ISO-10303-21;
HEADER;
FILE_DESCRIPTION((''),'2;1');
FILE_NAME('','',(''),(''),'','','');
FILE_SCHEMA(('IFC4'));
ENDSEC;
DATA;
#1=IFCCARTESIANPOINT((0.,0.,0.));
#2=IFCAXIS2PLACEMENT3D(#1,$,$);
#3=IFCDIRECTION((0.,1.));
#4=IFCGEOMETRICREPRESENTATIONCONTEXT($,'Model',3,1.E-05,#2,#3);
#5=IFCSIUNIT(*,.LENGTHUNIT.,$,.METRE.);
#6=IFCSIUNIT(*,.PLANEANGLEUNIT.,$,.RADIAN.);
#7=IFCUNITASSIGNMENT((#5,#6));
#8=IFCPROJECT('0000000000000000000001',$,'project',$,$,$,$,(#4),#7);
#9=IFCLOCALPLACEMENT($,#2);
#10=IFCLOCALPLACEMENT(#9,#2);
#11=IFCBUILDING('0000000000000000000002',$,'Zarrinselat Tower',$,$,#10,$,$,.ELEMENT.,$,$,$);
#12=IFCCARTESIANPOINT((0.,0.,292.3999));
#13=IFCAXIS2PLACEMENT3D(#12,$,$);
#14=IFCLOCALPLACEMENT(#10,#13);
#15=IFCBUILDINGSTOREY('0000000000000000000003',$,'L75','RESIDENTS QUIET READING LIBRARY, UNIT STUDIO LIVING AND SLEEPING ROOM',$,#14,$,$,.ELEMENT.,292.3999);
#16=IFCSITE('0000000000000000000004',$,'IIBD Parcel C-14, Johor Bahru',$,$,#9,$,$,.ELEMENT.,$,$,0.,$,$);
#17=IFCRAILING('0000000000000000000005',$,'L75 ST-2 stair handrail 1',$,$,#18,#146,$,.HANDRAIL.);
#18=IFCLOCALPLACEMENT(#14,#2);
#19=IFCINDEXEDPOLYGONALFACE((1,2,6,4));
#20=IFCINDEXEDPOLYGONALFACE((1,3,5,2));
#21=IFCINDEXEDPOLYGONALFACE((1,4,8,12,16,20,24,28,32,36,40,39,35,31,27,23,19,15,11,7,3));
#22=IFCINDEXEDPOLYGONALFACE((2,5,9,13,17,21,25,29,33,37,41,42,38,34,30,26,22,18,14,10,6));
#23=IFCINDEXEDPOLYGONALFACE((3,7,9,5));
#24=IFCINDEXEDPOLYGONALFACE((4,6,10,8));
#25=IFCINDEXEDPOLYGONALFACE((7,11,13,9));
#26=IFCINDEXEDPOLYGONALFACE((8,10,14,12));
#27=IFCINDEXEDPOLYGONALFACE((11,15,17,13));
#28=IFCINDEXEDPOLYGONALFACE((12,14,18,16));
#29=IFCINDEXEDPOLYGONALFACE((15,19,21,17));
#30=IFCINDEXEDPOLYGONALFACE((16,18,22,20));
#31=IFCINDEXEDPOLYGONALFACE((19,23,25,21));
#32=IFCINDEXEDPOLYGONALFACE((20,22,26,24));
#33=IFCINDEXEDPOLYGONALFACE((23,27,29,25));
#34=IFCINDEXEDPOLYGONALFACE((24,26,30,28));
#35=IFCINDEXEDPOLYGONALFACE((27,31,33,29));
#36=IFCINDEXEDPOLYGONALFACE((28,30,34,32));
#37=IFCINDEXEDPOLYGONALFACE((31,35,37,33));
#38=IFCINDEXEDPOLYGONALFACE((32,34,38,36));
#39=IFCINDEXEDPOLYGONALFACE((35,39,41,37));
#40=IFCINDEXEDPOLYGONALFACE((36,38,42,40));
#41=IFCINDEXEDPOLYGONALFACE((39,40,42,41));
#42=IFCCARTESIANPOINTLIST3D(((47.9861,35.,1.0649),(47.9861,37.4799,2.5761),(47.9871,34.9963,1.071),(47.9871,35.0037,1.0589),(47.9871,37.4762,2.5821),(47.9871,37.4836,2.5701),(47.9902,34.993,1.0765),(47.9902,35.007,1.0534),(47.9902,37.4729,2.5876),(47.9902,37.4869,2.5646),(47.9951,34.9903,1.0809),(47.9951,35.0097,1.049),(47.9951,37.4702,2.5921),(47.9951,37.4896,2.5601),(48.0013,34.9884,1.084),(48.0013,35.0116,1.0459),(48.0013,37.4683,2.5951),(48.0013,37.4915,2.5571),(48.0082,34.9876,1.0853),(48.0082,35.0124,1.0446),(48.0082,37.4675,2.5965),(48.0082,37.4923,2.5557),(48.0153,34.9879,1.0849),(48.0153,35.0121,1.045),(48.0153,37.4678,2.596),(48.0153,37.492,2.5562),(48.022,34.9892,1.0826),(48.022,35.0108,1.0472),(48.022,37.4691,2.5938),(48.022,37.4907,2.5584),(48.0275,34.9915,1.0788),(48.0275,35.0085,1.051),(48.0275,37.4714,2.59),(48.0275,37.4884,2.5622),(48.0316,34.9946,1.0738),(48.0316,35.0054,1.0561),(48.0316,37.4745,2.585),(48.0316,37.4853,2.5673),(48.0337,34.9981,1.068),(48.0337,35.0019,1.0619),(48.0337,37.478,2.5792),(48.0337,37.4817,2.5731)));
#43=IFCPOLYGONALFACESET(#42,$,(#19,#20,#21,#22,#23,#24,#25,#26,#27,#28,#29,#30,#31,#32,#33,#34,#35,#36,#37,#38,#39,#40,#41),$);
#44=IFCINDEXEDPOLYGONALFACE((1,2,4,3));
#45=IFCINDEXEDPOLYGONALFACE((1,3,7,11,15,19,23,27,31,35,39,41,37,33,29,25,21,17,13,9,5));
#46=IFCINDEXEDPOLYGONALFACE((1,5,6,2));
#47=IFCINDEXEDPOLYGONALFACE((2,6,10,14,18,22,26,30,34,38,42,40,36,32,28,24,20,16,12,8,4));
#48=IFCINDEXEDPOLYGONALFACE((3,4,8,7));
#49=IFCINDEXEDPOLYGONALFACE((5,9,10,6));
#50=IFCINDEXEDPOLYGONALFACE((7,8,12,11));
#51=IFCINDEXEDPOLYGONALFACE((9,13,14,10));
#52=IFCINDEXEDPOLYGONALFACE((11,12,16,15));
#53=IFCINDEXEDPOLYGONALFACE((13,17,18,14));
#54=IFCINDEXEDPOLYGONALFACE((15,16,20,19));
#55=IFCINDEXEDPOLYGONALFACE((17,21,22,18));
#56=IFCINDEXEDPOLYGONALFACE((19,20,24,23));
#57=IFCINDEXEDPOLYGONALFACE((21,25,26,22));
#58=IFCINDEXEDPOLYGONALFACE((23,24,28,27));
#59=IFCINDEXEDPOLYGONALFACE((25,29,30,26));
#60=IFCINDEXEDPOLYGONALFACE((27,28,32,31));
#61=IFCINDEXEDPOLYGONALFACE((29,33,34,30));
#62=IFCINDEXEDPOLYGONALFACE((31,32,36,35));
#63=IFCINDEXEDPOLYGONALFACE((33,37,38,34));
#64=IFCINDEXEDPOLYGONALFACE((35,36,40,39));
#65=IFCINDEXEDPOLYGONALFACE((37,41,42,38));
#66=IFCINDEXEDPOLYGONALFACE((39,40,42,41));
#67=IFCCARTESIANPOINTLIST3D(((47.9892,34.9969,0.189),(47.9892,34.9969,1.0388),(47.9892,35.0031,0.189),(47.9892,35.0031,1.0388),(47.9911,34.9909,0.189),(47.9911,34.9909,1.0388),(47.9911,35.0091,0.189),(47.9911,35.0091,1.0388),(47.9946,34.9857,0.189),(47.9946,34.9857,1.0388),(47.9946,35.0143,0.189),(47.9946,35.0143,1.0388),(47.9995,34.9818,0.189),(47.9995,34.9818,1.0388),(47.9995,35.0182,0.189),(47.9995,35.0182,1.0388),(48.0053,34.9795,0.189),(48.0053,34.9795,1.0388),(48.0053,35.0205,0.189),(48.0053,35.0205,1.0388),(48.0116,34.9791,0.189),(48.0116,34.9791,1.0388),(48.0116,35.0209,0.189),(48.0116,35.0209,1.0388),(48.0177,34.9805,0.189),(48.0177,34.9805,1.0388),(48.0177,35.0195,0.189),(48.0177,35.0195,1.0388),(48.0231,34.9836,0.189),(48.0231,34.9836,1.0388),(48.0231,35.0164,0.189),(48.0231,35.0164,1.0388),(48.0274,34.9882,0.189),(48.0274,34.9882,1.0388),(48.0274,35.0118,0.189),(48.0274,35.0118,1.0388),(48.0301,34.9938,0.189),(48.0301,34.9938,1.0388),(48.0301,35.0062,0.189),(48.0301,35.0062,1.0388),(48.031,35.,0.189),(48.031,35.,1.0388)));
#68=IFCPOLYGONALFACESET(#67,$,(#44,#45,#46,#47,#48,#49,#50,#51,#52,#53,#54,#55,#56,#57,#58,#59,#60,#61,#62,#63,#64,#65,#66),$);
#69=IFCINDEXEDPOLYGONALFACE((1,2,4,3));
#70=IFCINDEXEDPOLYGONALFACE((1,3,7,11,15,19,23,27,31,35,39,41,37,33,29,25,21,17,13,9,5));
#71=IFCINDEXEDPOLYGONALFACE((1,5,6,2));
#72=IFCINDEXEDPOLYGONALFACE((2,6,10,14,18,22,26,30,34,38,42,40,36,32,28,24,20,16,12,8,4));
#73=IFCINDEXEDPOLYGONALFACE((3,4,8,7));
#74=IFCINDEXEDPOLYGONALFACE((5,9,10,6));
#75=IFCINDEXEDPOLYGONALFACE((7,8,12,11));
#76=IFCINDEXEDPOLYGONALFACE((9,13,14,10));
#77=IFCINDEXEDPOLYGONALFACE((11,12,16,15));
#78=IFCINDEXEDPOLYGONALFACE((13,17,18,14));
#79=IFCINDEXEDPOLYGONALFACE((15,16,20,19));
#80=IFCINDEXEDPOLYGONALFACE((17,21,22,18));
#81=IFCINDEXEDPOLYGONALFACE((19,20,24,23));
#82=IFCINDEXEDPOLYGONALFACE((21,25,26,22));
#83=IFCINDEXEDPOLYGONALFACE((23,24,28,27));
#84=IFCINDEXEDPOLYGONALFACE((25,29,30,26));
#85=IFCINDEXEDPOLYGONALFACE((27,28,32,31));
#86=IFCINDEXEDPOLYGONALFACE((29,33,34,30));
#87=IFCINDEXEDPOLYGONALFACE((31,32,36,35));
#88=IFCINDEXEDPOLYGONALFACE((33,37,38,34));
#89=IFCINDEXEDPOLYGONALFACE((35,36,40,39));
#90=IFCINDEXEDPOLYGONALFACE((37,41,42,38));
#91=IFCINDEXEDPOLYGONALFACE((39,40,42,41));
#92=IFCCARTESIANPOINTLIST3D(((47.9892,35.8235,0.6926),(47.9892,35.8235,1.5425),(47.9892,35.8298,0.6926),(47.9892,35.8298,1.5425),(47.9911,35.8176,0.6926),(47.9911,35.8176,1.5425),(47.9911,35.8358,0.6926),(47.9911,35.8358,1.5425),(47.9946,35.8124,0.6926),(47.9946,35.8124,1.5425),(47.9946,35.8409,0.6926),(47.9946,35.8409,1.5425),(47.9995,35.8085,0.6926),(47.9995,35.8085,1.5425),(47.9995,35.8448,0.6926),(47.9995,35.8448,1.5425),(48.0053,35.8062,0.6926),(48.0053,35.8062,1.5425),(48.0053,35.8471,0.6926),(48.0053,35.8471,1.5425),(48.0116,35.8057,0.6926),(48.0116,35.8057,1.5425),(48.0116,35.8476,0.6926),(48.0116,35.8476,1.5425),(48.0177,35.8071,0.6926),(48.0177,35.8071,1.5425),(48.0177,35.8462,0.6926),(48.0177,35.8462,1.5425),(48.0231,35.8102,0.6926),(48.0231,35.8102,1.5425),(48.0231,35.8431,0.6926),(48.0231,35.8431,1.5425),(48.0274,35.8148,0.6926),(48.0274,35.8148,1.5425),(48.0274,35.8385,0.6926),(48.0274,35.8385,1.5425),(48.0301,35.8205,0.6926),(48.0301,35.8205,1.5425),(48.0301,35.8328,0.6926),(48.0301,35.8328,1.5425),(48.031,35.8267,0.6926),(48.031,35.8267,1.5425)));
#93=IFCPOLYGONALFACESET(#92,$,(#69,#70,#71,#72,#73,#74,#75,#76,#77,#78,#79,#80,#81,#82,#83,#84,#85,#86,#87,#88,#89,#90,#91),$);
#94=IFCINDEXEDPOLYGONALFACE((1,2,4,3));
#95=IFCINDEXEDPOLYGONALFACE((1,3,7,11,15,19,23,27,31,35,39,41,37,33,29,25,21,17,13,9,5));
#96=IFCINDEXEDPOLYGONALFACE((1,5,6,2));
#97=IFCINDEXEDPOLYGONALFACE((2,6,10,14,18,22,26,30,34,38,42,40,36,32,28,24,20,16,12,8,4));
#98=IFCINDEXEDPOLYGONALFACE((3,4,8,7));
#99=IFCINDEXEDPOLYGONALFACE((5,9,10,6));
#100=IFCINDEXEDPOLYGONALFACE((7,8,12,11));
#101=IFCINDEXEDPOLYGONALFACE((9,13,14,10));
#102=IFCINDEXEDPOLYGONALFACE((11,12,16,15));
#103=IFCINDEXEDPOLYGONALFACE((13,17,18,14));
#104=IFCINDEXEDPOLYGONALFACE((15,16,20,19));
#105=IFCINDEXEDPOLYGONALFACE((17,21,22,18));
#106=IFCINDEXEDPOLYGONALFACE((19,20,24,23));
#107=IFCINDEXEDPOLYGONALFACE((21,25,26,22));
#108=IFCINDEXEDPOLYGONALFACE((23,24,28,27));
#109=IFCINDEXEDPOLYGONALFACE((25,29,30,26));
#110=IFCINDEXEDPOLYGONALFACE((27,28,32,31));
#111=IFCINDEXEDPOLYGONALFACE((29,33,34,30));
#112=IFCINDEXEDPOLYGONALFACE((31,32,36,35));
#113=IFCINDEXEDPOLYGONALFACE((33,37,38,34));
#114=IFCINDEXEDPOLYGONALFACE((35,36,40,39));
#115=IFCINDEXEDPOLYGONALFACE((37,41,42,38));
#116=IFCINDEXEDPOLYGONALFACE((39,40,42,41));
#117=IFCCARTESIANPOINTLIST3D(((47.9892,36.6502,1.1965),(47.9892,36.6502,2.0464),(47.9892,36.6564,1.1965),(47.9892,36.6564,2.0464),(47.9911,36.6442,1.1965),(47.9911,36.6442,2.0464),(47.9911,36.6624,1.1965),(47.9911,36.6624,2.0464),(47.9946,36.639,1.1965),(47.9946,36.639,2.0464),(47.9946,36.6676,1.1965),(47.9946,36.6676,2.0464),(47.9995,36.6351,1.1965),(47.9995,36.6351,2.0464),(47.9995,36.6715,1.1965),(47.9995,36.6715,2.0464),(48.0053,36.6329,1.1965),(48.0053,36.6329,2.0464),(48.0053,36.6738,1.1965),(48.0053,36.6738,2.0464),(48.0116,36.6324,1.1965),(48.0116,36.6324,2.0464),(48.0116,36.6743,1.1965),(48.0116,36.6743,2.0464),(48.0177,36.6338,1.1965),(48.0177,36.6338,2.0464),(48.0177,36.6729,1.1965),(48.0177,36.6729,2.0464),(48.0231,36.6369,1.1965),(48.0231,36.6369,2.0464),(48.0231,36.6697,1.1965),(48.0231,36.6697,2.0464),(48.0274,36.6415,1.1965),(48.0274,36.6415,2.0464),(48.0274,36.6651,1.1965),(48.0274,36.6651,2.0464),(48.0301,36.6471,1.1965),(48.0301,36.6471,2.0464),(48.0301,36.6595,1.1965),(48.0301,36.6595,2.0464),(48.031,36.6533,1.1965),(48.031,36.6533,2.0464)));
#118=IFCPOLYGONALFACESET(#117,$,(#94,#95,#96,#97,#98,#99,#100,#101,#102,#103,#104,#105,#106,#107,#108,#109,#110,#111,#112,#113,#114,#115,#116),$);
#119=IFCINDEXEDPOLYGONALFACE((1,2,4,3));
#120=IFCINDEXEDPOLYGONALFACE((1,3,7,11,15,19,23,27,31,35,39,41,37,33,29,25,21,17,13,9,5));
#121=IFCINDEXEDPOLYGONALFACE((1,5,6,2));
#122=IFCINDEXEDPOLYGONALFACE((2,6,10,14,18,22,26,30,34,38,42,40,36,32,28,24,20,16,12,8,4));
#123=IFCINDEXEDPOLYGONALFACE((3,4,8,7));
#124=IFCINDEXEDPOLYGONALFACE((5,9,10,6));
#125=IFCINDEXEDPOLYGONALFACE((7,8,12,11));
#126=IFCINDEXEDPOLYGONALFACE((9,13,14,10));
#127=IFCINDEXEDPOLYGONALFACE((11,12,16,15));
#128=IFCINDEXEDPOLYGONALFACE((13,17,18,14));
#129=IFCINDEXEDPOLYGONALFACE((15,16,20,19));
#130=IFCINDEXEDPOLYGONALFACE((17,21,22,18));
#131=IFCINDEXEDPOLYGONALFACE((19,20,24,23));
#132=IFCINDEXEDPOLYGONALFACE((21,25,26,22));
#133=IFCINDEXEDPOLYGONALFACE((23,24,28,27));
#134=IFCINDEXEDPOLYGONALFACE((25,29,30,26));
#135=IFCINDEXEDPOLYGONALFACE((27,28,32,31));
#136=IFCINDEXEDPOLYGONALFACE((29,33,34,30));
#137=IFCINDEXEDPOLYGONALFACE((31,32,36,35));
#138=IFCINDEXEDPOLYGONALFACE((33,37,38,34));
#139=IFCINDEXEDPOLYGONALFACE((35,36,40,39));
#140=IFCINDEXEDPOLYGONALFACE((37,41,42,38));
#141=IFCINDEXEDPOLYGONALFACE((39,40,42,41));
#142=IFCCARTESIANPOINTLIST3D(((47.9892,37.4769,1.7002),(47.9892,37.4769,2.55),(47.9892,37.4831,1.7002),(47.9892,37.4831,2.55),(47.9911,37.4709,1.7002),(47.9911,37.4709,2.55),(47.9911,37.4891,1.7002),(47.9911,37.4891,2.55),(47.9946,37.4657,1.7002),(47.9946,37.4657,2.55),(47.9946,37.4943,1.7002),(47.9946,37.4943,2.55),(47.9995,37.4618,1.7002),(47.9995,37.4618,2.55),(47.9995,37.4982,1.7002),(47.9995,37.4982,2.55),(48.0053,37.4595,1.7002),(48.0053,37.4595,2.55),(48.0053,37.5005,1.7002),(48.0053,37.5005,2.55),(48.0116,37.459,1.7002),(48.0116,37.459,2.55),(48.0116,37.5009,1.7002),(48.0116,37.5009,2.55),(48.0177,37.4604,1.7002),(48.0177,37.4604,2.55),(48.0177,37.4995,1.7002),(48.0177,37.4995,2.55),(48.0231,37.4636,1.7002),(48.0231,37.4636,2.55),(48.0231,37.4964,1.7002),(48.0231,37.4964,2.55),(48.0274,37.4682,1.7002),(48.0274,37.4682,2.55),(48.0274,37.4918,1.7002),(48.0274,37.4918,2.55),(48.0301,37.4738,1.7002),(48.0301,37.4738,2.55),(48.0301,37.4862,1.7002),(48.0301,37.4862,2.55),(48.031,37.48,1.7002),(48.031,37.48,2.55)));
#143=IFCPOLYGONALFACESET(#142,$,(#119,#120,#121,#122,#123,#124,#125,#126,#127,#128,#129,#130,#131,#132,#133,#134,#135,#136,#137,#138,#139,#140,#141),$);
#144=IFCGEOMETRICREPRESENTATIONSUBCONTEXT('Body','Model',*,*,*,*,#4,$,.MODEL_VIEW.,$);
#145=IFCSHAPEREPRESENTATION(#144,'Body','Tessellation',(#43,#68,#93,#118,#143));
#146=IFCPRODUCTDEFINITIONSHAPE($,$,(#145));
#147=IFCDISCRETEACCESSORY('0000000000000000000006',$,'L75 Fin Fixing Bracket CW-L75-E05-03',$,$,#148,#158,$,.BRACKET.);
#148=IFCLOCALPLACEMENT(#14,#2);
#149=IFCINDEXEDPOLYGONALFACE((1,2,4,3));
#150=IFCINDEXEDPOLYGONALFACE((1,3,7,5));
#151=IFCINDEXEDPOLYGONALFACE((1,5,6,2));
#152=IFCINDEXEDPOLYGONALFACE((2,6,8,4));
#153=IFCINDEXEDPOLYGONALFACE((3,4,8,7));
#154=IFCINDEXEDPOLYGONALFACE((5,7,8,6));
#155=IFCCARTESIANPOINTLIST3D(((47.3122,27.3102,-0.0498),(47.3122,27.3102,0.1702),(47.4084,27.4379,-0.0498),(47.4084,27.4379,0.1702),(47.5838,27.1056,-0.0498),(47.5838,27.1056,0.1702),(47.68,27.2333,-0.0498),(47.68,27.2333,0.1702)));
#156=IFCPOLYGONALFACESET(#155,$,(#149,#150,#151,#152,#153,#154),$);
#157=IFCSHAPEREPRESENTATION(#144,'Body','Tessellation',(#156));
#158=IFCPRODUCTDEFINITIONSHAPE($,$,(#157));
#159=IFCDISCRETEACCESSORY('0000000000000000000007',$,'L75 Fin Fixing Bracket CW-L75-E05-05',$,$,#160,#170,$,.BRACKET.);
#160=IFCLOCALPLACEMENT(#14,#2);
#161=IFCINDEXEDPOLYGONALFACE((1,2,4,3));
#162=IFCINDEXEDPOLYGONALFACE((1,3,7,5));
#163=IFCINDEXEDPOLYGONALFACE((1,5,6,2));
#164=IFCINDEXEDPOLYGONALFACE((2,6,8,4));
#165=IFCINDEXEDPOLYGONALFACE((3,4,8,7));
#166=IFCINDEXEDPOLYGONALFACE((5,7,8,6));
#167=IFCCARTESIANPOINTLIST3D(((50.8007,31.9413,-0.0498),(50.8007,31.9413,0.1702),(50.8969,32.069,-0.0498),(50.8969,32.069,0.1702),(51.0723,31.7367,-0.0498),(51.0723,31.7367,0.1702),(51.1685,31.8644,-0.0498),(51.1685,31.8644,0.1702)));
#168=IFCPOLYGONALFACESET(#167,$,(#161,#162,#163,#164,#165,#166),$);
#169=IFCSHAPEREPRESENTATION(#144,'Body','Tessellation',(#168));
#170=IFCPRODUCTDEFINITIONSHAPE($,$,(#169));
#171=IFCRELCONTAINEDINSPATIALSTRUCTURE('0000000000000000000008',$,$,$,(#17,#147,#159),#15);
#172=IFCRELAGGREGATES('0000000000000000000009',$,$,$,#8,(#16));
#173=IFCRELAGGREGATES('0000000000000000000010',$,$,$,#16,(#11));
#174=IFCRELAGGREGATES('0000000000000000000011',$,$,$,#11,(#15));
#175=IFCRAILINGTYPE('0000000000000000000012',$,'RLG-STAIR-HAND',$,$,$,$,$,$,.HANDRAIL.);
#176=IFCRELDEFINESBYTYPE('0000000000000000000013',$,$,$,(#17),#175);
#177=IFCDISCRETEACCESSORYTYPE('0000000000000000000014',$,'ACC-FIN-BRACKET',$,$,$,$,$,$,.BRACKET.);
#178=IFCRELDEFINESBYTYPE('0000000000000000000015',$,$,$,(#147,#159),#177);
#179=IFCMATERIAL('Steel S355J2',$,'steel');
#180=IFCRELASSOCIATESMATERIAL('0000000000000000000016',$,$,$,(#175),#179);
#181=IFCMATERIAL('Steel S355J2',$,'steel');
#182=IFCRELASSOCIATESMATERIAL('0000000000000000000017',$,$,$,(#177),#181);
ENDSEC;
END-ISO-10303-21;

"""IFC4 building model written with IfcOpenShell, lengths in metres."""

from ifc_helpers import new_model, si_unit, direction, frame, origin, origin_2d, place, context, subcontext, project, spatial, rectangle, circle, extrude, material, type_object, element, save


model = new_model("IFC4")

# Units and contexts
model_context = context("Model", 3, precision=1e-05, world=origin(), true_north=direction((0.0, 1.0)))
body_context = subcontext(model_context, "Body", "Model", "MODEL_VIEW")
ifc_project = project(units=[si_unit("LENGTHUNIT", "METRE"), si_unit("PLANEANGLEUNIT", "RADIAN")], contexts=[model_context])

# Site, building, storey
site_placement = place(None, origin())
site = spatial("IfcSite", under=ifc_project, at=site_placement, Name="IIBD Parcel C-14, Johor Bahru", CompositionType="ELEMENT", RefElevation=0.0)
building_placement = place(site_placement, origin())
building = spatial("IfcBuilding", under=site, at=building_placement, Name="Zarrinselat Tower", CompositionType="ELEMENT")
storey_placement = place(building_placement, frame((0.0, 0.0, 292.3999)))
storey = spatial("IfcBuildingStorey", under=building, at=storey_placement, Name="L75", Description="RESIDENTS QUIET READING LIBRARY, UNIT STUDIO LIVING AND SLEEPING ROOM", CompositionType="ELEMENT", Elevation=292.3999)

# Railing
ifc_material_1 = material(Name="Steel S355J2", Category="steel")
railing_type_1 = type_object("IfcRailingType", Name="RLG-STAIR-HAND", PredefinedType="HANDRAIL", material=ifc_material_1)
railing_1_placement = place(storey_placement, frame((48.01, 35.0, 0.189)))
element("IfcRailing", 1, at=railing_1_placement, inside=storey, type_object=railing_type_1, Name="L75 ST-2 stair handrail 1", PredefinedType="HANDRAIL", context=body_context, shape_type="SweptSolid", body=[
    extrude(circle(Radius=0.0239, at=origin_2d()), frame((0.0, 0.0, 0.876), z_axis=(0.0, 0.853942, 0.520368), x_axis=(-1.0, 0.0, 0.0)), (0.0, 0.0, 1.0), 2.9041),
    extrude(circle(Radius=0.021, at=origin_2d()), origin(), (0.0, 0.0, 1.0), 0.8499),
    extrude(circle(Radius=0.021, at=origin_2d()), frame((0.0, 0.8267, 0.5037)), (0.0, 0.0, 1.0), 0.8499),
    extrude(circle(Radius=0.021, at=origin_2d()), frame((0.0, 1.6533, 1.0076)), (0.0, 0.0, 1.0), 0.8499),
    extrude(circle(Radius=0.021, at=origin_2d()), frame((0.0, 2.48, 1.5112)), (0.0, 0.0, 1.0), 0.8499),
])

# Discrete accessories
ifc_material_2 = material(Name="Steel S355J2", Category="steel")
discrete_accessory_type = type_object("IfcDiscreteAccessoryType", Name="ACC-FIN-BRACKET", PredefinedType="BRACKET", material=ifc_material_2)
for number, where, z_axis, x_axis, name in (
    (2, (47.4961, 27.2717, -0.0498), (0.0, 0.0, 1.0), (0.798743, -0.601673, 0.0), "L75 Fin Fixing Bracket CW-L75-E05-03"),
    (3, (50.9846, 31.9028, -0.0498), (0.0, 0.0, 1.0), (0.798743, -0.601673, 0.0), "L75 Fin Fixing Bracket CW-L75-E05-05"),
):
    element("IfcDiscreteAccessory", number, at=place(storey_placement, frame(where, z_axis=z_axis, x_axis=x_axis)), inside=storey, type_object=discrete_accessory_type, Name=name, PredefinedType="BRACKET", context=body_context, shape_type="SweptSolid", body=[
        extrude(rectangle(XDim=0.3401, YDim=0.1599, at=origin_2d()), origin(), (0.0, 0.0, 1.0), 0.22),
    ])

save(model, "model.ifc")
